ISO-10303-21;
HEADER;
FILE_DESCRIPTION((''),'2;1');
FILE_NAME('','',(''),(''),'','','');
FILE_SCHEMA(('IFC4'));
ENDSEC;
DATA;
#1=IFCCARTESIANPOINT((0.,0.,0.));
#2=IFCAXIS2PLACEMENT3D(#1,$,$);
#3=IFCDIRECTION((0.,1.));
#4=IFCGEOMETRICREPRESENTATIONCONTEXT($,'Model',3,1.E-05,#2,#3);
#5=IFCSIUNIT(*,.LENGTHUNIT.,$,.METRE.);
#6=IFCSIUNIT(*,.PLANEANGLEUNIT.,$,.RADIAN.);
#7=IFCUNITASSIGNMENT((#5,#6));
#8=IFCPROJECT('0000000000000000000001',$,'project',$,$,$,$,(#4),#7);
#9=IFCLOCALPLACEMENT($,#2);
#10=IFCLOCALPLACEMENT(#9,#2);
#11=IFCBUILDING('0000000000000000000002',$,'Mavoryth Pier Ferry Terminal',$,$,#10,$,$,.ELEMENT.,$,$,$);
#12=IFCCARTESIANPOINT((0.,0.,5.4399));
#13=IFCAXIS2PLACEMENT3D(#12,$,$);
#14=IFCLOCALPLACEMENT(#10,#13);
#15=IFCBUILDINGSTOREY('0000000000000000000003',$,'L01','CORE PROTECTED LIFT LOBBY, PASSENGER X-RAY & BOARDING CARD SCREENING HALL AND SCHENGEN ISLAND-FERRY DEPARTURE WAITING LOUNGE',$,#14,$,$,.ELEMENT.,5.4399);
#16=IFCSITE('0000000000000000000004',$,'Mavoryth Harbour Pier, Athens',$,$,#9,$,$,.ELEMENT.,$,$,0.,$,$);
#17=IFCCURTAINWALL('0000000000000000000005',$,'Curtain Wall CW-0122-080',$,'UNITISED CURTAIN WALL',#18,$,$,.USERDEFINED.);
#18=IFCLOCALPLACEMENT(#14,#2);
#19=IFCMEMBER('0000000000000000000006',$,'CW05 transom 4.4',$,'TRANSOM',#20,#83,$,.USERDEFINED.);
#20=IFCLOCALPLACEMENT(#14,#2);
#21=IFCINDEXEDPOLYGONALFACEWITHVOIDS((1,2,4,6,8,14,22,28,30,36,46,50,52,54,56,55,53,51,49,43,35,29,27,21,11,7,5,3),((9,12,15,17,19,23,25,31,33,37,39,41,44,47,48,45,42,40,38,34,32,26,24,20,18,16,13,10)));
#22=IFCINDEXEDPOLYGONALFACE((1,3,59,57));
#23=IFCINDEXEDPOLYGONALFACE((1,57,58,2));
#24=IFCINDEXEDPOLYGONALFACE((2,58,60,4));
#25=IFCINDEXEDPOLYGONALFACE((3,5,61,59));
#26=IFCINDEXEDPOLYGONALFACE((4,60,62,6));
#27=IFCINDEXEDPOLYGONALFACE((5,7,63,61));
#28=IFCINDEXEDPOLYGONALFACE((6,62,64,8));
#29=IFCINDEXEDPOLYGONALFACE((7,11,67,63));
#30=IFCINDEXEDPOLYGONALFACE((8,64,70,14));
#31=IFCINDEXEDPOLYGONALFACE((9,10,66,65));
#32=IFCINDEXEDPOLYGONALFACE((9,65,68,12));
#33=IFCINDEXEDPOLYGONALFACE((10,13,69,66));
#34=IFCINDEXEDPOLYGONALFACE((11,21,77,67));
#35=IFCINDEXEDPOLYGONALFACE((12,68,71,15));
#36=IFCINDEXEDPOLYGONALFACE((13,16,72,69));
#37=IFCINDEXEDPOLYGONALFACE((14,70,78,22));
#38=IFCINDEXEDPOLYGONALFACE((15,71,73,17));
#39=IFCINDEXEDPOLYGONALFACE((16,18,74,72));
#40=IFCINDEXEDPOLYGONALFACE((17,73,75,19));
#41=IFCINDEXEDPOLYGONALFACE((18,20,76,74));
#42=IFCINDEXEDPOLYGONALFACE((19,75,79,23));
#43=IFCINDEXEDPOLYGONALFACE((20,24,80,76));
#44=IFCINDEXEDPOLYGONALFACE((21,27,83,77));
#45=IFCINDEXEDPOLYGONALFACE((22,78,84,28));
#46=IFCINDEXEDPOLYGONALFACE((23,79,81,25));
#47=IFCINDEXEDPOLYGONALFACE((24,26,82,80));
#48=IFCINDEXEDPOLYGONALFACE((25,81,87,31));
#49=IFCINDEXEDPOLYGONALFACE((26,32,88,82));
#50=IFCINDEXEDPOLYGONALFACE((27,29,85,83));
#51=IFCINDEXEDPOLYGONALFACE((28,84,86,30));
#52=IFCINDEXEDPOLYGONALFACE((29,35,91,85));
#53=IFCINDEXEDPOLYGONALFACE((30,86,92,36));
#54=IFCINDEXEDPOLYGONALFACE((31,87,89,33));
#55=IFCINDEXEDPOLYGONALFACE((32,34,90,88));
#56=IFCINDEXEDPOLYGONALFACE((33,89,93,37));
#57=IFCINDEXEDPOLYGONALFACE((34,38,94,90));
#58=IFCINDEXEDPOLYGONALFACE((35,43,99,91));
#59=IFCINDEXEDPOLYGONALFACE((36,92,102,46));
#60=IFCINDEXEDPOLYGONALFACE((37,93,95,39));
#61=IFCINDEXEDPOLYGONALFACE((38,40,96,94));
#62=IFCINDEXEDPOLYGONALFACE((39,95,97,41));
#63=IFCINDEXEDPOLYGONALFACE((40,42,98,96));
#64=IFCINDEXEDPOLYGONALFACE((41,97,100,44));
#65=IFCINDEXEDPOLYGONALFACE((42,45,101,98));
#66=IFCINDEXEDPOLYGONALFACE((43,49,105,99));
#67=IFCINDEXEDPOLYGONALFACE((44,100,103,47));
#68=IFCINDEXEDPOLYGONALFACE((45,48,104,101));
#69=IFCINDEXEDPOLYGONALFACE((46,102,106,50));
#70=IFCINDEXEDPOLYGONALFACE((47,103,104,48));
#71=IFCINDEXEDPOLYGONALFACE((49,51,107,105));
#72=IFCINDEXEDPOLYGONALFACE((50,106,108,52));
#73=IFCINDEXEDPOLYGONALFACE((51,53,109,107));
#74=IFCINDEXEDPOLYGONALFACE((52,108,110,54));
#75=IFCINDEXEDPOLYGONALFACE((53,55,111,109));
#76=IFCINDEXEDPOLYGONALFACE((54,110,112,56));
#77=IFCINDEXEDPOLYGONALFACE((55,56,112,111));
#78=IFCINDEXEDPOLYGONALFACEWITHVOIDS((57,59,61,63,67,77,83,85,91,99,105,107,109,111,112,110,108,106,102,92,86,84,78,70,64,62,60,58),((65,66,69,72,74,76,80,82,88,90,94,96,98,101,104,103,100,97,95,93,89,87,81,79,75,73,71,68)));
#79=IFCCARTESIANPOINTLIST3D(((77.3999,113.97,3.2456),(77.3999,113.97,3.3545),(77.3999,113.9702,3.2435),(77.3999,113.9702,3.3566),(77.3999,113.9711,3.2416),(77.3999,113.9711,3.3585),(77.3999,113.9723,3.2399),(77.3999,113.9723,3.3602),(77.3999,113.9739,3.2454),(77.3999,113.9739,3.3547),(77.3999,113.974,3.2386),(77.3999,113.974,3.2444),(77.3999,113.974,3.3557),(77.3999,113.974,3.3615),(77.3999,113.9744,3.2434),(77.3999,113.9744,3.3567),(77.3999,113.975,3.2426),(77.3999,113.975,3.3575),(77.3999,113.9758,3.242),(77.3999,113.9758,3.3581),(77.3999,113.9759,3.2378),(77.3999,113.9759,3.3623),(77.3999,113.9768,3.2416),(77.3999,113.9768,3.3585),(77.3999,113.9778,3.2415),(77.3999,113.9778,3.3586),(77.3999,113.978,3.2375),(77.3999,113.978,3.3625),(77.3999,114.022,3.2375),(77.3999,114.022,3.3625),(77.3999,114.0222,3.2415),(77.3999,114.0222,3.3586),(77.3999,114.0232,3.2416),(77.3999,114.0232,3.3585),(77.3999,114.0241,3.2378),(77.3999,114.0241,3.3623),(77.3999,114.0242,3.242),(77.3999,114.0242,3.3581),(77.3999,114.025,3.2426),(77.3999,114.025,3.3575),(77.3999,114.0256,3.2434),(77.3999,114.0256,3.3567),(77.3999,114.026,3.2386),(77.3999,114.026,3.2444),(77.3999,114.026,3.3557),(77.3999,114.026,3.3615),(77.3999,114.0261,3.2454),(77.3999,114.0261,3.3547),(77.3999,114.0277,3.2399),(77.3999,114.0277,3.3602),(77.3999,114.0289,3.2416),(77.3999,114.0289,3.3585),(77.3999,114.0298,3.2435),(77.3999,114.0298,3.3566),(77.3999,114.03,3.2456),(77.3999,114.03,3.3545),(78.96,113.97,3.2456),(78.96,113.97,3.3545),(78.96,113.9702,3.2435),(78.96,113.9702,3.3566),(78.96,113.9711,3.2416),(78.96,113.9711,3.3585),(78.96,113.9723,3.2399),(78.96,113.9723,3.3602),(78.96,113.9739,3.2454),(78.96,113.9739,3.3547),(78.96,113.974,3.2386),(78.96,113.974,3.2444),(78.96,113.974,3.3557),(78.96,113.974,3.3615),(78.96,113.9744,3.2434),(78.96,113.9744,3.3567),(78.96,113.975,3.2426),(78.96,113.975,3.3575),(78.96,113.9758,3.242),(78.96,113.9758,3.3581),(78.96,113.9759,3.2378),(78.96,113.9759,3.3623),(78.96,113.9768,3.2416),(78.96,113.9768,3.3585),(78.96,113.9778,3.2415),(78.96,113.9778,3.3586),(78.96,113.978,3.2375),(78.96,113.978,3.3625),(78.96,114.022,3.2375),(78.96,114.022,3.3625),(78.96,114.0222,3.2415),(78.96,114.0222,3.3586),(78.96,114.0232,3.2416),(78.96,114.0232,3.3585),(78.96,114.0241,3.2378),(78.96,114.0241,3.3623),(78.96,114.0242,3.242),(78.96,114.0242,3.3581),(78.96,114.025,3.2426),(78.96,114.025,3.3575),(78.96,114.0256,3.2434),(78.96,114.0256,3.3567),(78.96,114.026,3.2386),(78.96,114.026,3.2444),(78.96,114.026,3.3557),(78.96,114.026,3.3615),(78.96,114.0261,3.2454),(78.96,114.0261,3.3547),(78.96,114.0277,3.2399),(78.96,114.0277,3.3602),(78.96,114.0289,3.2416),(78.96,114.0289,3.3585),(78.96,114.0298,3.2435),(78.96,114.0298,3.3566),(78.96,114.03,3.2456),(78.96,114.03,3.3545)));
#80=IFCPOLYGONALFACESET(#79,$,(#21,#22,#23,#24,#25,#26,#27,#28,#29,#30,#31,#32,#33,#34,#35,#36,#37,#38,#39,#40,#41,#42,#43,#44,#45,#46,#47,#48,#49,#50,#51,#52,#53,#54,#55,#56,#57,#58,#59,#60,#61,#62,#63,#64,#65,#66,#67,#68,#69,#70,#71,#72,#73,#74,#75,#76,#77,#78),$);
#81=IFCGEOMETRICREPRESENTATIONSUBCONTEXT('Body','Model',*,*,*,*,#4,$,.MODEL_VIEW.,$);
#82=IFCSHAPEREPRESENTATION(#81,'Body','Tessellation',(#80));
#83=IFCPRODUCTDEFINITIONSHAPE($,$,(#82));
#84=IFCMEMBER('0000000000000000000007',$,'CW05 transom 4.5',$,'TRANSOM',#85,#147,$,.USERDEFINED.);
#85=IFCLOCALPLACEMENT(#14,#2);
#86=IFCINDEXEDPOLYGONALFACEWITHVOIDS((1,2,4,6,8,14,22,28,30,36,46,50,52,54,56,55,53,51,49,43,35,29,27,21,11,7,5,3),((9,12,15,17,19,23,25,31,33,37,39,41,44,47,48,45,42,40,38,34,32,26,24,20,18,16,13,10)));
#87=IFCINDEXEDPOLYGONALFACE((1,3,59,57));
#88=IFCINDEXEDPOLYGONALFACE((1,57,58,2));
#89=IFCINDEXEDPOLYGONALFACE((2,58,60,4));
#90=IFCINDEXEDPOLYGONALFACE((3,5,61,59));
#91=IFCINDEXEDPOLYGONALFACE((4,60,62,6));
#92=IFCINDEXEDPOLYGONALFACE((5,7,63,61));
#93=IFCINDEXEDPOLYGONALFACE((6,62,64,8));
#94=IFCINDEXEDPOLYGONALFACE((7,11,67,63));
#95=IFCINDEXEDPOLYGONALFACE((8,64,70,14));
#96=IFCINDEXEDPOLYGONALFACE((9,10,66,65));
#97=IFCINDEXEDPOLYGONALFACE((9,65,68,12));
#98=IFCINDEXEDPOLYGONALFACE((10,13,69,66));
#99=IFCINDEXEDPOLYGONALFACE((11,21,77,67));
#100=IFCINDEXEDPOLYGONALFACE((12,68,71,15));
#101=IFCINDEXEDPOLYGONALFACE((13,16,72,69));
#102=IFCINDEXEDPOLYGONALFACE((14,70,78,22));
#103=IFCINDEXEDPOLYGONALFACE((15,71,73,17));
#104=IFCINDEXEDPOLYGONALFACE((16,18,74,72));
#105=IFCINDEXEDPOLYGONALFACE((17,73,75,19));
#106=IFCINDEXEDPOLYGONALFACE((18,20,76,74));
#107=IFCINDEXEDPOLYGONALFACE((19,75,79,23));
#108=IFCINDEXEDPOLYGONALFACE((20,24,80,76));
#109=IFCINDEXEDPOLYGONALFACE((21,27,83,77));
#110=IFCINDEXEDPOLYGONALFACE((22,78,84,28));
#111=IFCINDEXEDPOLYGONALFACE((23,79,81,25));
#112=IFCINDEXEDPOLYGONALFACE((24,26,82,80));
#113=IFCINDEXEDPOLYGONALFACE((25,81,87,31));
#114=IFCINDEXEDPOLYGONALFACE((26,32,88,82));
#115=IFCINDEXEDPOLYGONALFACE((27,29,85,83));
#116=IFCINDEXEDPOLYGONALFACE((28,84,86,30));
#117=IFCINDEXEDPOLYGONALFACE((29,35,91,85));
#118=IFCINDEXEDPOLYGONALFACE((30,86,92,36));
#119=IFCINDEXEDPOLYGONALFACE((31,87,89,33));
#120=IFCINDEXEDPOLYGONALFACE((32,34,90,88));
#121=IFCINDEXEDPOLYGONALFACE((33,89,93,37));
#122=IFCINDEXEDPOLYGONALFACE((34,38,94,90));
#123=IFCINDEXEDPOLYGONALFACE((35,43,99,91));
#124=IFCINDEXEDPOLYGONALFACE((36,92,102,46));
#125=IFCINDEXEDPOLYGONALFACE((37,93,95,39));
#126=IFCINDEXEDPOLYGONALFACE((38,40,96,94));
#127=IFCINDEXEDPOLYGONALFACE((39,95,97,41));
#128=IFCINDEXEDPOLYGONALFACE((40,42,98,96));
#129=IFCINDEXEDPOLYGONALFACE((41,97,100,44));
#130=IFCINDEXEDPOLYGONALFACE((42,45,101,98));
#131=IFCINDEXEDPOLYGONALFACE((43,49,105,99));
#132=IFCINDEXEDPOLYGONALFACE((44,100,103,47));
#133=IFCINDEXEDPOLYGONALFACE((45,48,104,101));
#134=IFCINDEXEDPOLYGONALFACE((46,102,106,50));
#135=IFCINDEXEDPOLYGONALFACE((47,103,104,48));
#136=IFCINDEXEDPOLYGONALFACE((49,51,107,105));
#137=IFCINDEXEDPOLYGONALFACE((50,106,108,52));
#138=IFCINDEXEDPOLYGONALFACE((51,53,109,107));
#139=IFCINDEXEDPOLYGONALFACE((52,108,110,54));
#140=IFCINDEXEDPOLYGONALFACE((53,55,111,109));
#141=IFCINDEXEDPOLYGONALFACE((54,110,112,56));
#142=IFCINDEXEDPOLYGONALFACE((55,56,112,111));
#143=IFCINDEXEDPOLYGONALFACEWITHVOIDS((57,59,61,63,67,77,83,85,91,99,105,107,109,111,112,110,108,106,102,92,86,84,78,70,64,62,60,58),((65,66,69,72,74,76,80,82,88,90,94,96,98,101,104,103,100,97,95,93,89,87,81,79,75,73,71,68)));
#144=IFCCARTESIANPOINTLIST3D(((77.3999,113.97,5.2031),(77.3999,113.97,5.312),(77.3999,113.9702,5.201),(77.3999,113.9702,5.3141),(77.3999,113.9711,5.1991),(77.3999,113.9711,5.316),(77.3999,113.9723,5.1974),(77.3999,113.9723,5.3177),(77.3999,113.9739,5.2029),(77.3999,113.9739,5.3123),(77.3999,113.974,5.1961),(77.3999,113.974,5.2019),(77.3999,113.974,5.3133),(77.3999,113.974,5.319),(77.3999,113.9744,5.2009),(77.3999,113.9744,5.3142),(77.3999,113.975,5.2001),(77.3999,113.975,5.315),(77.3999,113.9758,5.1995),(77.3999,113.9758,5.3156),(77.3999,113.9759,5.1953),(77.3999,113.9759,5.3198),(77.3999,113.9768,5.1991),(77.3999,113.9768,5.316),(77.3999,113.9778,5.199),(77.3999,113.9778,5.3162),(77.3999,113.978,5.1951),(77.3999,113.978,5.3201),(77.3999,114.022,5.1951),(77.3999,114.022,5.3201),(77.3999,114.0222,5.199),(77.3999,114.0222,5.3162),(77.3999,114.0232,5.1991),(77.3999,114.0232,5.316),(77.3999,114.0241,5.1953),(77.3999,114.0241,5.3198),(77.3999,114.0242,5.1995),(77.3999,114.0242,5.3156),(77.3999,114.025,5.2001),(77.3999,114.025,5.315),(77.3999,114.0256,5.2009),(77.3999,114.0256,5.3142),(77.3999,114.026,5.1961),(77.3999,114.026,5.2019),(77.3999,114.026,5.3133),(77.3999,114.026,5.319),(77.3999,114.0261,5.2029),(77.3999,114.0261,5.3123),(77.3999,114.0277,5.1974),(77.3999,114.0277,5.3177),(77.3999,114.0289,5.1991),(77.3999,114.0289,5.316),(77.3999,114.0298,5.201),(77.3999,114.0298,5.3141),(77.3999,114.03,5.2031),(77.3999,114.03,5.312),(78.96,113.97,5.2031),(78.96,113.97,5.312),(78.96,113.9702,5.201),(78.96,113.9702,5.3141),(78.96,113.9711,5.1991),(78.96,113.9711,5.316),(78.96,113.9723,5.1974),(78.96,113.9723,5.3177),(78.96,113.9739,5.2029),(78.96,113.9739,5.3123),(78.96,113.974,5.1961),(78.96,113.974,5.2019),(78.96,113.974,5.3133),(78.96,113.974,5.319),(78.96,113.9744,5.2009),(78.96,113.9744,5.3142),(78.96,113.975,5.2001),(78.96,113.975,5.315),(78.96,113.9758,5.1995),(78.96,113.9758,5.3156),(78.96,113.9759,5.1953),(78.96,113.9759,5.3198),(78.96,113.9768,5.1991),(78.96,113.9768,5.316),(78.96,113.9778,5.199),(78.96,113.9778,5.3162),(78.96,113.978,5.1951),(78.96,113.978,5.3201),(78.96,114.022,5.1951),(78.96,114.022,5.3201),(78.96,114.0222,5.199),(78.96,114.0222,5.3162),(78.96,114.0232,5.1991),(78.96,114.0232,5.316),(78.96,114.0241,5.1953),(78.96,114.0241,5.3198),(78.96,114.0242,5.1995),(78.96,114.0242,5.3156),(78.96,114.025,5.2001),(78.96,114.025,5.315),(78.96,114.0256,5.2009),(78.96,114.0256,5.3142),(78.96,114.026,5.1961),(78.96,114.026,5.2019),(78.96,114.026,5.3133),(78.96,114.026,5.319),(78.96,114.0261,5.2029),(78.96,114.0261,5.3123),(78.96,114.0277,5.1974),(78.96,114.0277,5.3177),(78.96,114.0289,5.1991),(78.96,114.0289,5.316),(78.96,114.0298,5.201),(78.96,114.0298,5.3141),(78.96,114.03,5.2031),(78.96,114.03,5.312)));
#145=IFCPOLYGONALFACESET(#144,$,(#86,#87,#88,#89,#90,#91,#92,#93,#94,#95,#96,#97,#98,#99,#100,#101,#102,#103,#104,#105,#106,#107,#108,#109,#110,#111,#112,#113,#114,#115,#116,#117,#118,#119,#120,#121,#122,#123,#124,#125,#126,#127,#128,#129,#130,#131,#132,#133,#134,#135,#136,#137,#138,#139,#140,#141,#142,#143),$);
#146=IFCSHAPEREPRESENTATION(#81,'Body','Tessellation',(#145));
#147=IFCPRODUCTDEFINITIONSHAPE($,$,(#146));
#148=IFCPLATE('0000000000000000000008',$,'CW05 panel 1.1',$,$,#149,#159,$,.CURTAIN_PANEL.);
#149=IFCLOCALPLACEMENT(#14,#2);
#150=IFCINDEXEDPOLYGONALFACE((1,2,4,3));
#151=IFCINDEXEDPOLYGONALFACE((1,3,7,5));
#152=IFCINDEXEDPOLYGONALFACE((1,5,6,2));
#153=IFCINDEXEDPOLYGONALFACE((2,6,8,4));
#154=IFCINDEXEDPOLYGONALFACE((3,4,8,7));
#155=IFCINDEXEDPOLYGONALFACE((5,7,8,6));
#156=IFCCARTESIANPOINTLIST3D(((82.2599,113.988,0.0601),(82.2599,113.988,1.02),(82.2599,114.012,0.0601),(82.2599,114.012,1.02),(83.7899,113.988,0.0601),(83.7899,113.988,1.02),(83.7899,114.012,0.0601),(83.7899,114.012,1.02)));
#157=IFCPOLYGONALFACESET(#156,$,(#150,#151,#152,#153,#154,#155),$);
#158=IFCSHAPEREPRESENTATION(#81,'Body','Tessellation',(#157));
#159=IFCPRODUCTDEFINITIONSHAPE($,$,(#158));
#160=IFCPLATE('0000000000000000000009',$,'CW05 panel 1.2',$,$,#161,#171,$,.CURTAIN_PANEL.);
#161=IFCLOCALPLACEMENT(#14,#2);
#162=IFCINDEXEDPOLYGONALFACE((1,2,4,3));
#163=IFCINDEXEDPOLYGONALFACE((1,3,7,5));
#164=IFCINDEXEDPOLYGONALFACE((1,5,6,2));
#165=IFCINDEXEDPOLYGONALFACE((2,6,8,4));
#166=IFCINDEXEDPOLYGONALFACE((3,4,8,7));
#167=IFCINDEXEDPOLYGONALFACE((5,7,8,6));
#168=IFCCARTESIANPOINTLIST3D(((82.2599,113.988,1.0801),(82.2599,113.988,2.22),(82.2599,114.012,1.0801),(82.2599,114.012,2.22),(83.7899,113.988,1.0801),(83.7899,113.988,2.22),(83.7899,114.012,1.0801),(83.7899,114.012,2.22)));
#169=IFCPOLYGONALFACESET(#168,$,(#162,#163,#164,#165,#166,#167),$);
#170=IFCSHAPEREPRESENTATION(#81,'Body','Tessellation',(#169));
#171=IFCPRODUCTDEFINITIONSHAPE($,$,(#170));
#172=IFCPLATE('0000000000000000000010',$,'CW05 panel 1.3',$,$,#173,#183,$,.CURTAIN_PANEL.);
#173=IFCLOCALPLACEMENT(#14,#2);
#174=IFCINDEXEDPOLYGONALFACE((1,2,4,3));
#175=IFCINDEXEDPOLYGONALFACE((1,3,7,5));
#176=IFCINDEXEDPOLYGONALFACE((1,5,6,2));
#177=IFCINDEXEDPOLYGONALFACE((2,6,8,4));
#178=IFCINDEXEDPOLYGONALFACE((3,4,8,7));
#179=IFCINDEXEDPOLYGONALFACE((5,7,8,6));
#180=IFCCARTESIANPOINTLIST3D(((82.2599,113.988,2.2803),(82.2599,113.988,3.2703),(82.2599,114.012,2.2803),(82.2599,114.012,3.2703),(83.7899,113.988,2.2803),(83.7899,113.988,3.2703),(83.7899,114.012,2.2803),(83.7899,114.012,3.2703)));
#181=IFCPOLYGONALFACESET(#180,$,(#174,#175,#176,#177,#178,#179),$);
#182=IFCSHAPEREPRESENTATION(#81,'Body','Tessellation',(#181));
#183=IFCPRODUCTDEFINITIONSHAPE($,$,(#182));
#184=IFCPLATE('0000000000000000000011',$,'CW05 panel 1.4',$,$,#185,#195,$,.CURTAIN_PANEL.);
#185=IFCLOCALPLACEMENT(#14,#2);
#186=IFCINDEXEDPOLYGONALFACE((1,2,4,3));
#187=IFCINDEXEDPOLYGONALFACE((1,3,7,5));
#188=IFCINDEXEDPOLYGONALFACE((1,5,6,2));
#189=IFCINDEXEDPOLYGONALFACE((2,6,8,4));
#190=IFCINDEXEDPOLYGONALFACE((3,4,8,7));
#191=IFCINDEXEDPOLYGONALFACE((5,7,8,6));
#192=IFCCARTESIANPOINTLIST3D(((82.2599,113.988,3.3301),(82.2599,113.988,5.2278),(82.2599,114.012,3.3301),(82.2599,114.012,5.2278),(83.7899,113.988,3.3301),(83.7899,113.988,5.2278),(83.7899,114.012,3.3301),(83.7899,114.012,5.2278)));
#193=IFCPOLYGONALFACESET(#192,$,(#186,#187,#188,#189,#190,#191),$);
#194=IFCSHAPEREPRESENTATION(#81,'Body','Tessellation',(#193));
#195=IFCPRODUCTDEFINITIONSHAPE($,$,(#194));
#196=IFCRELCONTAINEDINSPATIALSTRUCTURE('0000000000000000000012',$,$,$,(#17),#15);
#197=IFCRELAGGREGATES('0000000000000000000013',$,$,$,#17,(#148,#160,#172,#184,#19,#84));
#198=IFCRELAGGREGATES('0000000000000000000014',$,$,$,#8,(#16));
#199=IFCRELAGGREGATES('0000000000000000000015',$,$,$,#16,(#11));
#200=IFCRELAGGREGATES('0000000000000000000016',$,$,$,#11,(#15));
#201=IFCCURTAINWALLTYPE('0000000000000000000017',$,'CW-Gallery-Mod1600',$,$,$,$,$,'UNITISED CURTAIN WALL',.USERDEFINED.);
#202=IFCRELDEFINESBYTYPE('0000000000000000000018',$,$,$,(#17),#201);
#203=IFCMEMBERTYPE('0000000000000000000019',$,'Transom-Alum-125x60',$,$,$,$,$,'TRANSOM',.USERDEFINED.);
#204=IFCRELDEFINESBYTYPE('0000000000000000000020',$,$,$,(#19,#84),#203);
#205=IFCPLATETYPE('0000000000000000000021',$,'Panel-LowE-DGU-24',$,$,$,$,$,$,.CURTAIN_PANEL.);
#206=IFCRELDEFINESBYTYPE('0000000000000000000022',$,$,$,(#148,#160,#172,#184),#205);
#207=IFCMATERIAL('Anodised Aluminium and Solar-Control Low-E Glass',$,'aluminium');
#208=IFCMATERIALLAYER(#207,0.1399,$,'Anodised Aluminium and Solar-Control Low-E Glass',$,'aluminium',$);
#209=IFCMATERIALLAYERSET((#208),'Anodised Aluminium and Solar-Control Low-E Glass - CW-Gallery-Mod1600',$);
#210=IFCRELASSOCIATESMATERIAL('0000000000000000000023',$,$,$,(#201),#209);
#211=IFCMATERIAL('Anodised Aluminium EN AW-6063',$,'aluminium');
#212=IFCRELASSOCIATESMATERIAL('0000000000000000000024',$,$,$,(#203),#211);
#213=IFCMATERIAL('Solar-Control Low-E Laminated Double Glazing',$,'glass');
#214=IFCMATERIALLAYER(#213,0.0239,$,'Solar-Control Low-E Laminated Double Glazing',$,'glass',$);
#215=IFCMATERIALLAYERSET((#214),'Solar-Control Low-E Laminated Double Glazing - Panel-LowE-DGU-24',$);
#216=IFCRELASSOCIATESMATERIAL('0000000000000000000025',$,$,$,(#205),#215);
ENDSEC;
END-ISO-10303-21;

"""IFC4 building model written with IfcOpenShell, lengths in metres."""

from ifc_helpers import new_model, si_unit, direction, frame, origin, origin_2d, place, context, subcontext, project, spatial, rectangle, hollow_rectangle, extrude, material, layer, layer_set, material_profile, profile_set, type_object, element, aggregate, save


model = new_model("IFC4")

# Units and contexts
model_context = context("Model", 3, precision=1e-05, world=origin(), true_north=direction((0.0, 1.0)))
body_context = subcontext(model_context, "Body", "Model", "MODEL_VIEW")
ifc_project = project(units=[si_unit("LENGTHUNIT", "METRE"), si_unit("PLANEANGLEUNIT", "RADIAN")], contexts=[model_context])

# Site, building, storey
site_placement = place(None, origin())
site = spatial("IfcSite", under=ifc_project, at=site_placement, Name="Mavoryth Harbour Pier, Athens", CompositionType="ELEMENT", RefElevation=0.0)
building_placement = place(site_placement, origin())
building = spatial("IfcBuilding", under=site, at=building_placement, Name="Mavoryth Pier Ferry Terminal", CompositionType="ELEMENT")
storey_placement = place(building_placement, frame((0.0, 0.0, 5.4399)))
storey = spatial("IfcBuildingStorey", under=building, at=storey_placement, Name="L01", Description="CORE PROTECTED LIFT LOBBY, PASSENGER X-RAY & BOARDING CARD SCREENING HALL AND SCHENGEN ISLAND-FERRY DEPARTURE WAITING LOUNGE", CompositionType="ELEMENT", Elevation=5.4399)

# Curtain wall
ifc_material_1 = material(Name="Anodised Aluminium and Solar-Control Low-E Glass", Category="aluminium")
ifc_layer_1 = layer(ifc_material_1, 0.1399, Name="Anodised Aluminium and Solar-Control Low-E Glass", Category="aluminium")
ifc_layer_set_1 = layer_set([ifc_layer_1], Name="Anodised Aluminium and Solar-Control Low-E Glass - CW-Gallery-Mod1600")
curtain_wall_type = type_object("IfcCurtainWallType", Name="CW-Gallery-Mod1600", ElementType="UNITISED CURTAIN WALL", PredefinedType="USERDEFINED", material=ifc_layer_set_1)
curtain_wall_1_placement = place(storey_placement, origin())
curtain_wall_1 = element("IfcCurtainWall", 1, at=curtain_wall_1_placement, inside=storey, type_object=curtain_wall_type, Name="Curtain Wall CW-0122-080", ObjectType="UNITISED CURTAIN WALL", PredefinedType="USERDEFINED")
ifc_material_2 = material(Name="Anodised Aluminium EN AW-6063", Category="aluminium")

# Members
ifc_material_profile_1 = material_profile(ifc_material_2, hollow_rectangle(XDim=0.0601, YDim=0.125, WallThickness=0.0039, InnerFilletRadius=0.0039, OuterFilletRadius=0.0081, at=origin_2d()), Name="AL-TRAN 125x60x4", Category="aluminium")
ifc_profile_set_1 = profile_set([ifc_material_profile_1], Name="Anodised Aluminium EN AW-6063 - AL-TRAN 125x60x4")
member_type_1 = type_object("IfcMemberType", Name="Transom-Alum-125x60", ElementType="TRANSOM", PredefinedType="USERDEFINED", material=ifc_profile_set_1)
member_1_placement = place(storey_placement, frame((78.96, 114.0, 3.3), z_axis=(-1.0, 0.0, 0.0), x_axis=(0.0, -1.0, 0.0)))
member_1 = element("IfcMember", 2, at=member_1_placement, type_object=member_type_1, Name="CW05 transom 4.4", ObjectType="TRANSOM", PredefinedType="USERDEFINED", context=body_context, shape_type="SweptSolid", body=[
    extrude(hollow_rectangle(XDim=0.0601, YDim=0.125, WallThickness=0.0039, InnerFilletRadius=0.0039, OuterFilletRadius=0.0081, at=origin_2d()), origin(), (0.0, 0.0, 1.0), 1.5601),
])
member_2_placement = place(storey_placement, frame((78.96, 114.0, 5.2576), z_axis=(-1.0, 0.0, 0.0), x_axis=(0.0, -1.0, 0.0)))
member_2 = element("IfcMember", 3, at=member_2_placement, type_object=member_type_1, Name="CW05 transom 4.5", ObjectType="TRANSOM", PredefinedType="USERDEFINED", context=body_context, shape_type="SweptSolid", body=[
    extrude(hollow_rectangle(XDim=0.0601, YDim=0.125, WallThickness=0.0039, InnerFilletRadius=0.0039, OuterFilletRadius=0.0081, at=origin_2d()), origin(), (0.0, 0.0, 1.0), 1.5601),
])

# Plates
ifc_material_3 = material(Name="Solar-Control Low-E Laminated Double Glazing", Category="glass")
ifc_layer_2 = layer(ifc_material_3, 0.0239, Name="Solar-Control Low-E Laminated Double Glazing", Category="glass")
ifc_layer_set_2 = layer_set([ifc_layer_2], Name="Solar-Control Low-E Laminated Double Glazing - Panel-LowE-DGU-24")
plate_type_1 = type_object("IfcPlateType", Name="Panel-LowE-DGU-24", PredefinedType="CURTAIN_PANEL", material=ifc_layer_set_2)
plate_1_placement = place(storey_placement, frame((83.0249, 114.0, 0.0601), z_axis=(0.0, 0.0, 1.0), x_axis=(-1.0, 0.0, 0.0)))
plate_1 = element("IfcPlate", 4, at=plate_1_placement, type_object=plate_type_1, Name="CW05 panel 1.1", PredefinedType="CURTAIN_PANEL", context=body_context, shape_type="SweptSolid", body=[
    extrude(rectangle(XDim=1.53, YDim=0.0239, at=origin_2d()), origin(), (0.0, 0.0, 1.0), 0.96),
])
plate_2_placement = place(storey_placement, frame((83.0249, 114.0, 1.0801), z_axis=(0.0, 0.0, 1.0), x_axis=(-1.0, 0.0, 0.0)))
plate_2 = element("IfcPlate", 5, at=plate_2_placement, type_object=plate_type_1, Name="CW05 panel 1.2", PredefinedType="CURTAIN_PANEL", context=body_context, shape_type="SweptSolid", body=[
    extrude(rectangle(XDim=1.53, YDim=0.0239, at=origin_2d()), origin(), (0.0, 0.0, 1.0), 1.1399),
])
plate_3_placement = place(storey_placement, frame((83.0249, 114.0, 2.2803), z_axis=(0.0, 0.0, 1.0), x_axis=(-1.0, 0.0, 0.0)))
plate_3 = element("IfcPlate", 6, at=plate_3_placement, type_object=plate_type_1, Name="CW05 panel 1.3", PredefinedType="CURTAIN_PANEL", context=body_context, shape_type="SweptSolid", body=[
    extrude(rectangle(XDim=1.53, YDim=0.0239, at=origin_2d()), origin(), (0.0, 0.0, 1.0), 0.99),
])
plate_4_placement = place(storey_placement, frame((83.0249, 114.0, 3.3301), z_axis=(0.0, 0.0, 1.0), x_axis=(-1.0, 0.0, 0.0)))
plate_4 = element("IfcPlate", 7, at=plate_4_placement, type_object=plate_type_1, Name="CW05 panel 1.4", PredefinedType="CURTAIN_PANEL", context=body_context, shape_type="SweptSolid", body=[
    extrude(rectangle(XDim=1.53, YDim=0.0239, at=origin_2d()), origin(), (0.0, 0.0, 1.0), 1.8977),
])
aggregate(curtain_wall_1, [plate_1, plate_2, plate_3, plate_4, member_1, member_2])

save(model, "model.ifc")
